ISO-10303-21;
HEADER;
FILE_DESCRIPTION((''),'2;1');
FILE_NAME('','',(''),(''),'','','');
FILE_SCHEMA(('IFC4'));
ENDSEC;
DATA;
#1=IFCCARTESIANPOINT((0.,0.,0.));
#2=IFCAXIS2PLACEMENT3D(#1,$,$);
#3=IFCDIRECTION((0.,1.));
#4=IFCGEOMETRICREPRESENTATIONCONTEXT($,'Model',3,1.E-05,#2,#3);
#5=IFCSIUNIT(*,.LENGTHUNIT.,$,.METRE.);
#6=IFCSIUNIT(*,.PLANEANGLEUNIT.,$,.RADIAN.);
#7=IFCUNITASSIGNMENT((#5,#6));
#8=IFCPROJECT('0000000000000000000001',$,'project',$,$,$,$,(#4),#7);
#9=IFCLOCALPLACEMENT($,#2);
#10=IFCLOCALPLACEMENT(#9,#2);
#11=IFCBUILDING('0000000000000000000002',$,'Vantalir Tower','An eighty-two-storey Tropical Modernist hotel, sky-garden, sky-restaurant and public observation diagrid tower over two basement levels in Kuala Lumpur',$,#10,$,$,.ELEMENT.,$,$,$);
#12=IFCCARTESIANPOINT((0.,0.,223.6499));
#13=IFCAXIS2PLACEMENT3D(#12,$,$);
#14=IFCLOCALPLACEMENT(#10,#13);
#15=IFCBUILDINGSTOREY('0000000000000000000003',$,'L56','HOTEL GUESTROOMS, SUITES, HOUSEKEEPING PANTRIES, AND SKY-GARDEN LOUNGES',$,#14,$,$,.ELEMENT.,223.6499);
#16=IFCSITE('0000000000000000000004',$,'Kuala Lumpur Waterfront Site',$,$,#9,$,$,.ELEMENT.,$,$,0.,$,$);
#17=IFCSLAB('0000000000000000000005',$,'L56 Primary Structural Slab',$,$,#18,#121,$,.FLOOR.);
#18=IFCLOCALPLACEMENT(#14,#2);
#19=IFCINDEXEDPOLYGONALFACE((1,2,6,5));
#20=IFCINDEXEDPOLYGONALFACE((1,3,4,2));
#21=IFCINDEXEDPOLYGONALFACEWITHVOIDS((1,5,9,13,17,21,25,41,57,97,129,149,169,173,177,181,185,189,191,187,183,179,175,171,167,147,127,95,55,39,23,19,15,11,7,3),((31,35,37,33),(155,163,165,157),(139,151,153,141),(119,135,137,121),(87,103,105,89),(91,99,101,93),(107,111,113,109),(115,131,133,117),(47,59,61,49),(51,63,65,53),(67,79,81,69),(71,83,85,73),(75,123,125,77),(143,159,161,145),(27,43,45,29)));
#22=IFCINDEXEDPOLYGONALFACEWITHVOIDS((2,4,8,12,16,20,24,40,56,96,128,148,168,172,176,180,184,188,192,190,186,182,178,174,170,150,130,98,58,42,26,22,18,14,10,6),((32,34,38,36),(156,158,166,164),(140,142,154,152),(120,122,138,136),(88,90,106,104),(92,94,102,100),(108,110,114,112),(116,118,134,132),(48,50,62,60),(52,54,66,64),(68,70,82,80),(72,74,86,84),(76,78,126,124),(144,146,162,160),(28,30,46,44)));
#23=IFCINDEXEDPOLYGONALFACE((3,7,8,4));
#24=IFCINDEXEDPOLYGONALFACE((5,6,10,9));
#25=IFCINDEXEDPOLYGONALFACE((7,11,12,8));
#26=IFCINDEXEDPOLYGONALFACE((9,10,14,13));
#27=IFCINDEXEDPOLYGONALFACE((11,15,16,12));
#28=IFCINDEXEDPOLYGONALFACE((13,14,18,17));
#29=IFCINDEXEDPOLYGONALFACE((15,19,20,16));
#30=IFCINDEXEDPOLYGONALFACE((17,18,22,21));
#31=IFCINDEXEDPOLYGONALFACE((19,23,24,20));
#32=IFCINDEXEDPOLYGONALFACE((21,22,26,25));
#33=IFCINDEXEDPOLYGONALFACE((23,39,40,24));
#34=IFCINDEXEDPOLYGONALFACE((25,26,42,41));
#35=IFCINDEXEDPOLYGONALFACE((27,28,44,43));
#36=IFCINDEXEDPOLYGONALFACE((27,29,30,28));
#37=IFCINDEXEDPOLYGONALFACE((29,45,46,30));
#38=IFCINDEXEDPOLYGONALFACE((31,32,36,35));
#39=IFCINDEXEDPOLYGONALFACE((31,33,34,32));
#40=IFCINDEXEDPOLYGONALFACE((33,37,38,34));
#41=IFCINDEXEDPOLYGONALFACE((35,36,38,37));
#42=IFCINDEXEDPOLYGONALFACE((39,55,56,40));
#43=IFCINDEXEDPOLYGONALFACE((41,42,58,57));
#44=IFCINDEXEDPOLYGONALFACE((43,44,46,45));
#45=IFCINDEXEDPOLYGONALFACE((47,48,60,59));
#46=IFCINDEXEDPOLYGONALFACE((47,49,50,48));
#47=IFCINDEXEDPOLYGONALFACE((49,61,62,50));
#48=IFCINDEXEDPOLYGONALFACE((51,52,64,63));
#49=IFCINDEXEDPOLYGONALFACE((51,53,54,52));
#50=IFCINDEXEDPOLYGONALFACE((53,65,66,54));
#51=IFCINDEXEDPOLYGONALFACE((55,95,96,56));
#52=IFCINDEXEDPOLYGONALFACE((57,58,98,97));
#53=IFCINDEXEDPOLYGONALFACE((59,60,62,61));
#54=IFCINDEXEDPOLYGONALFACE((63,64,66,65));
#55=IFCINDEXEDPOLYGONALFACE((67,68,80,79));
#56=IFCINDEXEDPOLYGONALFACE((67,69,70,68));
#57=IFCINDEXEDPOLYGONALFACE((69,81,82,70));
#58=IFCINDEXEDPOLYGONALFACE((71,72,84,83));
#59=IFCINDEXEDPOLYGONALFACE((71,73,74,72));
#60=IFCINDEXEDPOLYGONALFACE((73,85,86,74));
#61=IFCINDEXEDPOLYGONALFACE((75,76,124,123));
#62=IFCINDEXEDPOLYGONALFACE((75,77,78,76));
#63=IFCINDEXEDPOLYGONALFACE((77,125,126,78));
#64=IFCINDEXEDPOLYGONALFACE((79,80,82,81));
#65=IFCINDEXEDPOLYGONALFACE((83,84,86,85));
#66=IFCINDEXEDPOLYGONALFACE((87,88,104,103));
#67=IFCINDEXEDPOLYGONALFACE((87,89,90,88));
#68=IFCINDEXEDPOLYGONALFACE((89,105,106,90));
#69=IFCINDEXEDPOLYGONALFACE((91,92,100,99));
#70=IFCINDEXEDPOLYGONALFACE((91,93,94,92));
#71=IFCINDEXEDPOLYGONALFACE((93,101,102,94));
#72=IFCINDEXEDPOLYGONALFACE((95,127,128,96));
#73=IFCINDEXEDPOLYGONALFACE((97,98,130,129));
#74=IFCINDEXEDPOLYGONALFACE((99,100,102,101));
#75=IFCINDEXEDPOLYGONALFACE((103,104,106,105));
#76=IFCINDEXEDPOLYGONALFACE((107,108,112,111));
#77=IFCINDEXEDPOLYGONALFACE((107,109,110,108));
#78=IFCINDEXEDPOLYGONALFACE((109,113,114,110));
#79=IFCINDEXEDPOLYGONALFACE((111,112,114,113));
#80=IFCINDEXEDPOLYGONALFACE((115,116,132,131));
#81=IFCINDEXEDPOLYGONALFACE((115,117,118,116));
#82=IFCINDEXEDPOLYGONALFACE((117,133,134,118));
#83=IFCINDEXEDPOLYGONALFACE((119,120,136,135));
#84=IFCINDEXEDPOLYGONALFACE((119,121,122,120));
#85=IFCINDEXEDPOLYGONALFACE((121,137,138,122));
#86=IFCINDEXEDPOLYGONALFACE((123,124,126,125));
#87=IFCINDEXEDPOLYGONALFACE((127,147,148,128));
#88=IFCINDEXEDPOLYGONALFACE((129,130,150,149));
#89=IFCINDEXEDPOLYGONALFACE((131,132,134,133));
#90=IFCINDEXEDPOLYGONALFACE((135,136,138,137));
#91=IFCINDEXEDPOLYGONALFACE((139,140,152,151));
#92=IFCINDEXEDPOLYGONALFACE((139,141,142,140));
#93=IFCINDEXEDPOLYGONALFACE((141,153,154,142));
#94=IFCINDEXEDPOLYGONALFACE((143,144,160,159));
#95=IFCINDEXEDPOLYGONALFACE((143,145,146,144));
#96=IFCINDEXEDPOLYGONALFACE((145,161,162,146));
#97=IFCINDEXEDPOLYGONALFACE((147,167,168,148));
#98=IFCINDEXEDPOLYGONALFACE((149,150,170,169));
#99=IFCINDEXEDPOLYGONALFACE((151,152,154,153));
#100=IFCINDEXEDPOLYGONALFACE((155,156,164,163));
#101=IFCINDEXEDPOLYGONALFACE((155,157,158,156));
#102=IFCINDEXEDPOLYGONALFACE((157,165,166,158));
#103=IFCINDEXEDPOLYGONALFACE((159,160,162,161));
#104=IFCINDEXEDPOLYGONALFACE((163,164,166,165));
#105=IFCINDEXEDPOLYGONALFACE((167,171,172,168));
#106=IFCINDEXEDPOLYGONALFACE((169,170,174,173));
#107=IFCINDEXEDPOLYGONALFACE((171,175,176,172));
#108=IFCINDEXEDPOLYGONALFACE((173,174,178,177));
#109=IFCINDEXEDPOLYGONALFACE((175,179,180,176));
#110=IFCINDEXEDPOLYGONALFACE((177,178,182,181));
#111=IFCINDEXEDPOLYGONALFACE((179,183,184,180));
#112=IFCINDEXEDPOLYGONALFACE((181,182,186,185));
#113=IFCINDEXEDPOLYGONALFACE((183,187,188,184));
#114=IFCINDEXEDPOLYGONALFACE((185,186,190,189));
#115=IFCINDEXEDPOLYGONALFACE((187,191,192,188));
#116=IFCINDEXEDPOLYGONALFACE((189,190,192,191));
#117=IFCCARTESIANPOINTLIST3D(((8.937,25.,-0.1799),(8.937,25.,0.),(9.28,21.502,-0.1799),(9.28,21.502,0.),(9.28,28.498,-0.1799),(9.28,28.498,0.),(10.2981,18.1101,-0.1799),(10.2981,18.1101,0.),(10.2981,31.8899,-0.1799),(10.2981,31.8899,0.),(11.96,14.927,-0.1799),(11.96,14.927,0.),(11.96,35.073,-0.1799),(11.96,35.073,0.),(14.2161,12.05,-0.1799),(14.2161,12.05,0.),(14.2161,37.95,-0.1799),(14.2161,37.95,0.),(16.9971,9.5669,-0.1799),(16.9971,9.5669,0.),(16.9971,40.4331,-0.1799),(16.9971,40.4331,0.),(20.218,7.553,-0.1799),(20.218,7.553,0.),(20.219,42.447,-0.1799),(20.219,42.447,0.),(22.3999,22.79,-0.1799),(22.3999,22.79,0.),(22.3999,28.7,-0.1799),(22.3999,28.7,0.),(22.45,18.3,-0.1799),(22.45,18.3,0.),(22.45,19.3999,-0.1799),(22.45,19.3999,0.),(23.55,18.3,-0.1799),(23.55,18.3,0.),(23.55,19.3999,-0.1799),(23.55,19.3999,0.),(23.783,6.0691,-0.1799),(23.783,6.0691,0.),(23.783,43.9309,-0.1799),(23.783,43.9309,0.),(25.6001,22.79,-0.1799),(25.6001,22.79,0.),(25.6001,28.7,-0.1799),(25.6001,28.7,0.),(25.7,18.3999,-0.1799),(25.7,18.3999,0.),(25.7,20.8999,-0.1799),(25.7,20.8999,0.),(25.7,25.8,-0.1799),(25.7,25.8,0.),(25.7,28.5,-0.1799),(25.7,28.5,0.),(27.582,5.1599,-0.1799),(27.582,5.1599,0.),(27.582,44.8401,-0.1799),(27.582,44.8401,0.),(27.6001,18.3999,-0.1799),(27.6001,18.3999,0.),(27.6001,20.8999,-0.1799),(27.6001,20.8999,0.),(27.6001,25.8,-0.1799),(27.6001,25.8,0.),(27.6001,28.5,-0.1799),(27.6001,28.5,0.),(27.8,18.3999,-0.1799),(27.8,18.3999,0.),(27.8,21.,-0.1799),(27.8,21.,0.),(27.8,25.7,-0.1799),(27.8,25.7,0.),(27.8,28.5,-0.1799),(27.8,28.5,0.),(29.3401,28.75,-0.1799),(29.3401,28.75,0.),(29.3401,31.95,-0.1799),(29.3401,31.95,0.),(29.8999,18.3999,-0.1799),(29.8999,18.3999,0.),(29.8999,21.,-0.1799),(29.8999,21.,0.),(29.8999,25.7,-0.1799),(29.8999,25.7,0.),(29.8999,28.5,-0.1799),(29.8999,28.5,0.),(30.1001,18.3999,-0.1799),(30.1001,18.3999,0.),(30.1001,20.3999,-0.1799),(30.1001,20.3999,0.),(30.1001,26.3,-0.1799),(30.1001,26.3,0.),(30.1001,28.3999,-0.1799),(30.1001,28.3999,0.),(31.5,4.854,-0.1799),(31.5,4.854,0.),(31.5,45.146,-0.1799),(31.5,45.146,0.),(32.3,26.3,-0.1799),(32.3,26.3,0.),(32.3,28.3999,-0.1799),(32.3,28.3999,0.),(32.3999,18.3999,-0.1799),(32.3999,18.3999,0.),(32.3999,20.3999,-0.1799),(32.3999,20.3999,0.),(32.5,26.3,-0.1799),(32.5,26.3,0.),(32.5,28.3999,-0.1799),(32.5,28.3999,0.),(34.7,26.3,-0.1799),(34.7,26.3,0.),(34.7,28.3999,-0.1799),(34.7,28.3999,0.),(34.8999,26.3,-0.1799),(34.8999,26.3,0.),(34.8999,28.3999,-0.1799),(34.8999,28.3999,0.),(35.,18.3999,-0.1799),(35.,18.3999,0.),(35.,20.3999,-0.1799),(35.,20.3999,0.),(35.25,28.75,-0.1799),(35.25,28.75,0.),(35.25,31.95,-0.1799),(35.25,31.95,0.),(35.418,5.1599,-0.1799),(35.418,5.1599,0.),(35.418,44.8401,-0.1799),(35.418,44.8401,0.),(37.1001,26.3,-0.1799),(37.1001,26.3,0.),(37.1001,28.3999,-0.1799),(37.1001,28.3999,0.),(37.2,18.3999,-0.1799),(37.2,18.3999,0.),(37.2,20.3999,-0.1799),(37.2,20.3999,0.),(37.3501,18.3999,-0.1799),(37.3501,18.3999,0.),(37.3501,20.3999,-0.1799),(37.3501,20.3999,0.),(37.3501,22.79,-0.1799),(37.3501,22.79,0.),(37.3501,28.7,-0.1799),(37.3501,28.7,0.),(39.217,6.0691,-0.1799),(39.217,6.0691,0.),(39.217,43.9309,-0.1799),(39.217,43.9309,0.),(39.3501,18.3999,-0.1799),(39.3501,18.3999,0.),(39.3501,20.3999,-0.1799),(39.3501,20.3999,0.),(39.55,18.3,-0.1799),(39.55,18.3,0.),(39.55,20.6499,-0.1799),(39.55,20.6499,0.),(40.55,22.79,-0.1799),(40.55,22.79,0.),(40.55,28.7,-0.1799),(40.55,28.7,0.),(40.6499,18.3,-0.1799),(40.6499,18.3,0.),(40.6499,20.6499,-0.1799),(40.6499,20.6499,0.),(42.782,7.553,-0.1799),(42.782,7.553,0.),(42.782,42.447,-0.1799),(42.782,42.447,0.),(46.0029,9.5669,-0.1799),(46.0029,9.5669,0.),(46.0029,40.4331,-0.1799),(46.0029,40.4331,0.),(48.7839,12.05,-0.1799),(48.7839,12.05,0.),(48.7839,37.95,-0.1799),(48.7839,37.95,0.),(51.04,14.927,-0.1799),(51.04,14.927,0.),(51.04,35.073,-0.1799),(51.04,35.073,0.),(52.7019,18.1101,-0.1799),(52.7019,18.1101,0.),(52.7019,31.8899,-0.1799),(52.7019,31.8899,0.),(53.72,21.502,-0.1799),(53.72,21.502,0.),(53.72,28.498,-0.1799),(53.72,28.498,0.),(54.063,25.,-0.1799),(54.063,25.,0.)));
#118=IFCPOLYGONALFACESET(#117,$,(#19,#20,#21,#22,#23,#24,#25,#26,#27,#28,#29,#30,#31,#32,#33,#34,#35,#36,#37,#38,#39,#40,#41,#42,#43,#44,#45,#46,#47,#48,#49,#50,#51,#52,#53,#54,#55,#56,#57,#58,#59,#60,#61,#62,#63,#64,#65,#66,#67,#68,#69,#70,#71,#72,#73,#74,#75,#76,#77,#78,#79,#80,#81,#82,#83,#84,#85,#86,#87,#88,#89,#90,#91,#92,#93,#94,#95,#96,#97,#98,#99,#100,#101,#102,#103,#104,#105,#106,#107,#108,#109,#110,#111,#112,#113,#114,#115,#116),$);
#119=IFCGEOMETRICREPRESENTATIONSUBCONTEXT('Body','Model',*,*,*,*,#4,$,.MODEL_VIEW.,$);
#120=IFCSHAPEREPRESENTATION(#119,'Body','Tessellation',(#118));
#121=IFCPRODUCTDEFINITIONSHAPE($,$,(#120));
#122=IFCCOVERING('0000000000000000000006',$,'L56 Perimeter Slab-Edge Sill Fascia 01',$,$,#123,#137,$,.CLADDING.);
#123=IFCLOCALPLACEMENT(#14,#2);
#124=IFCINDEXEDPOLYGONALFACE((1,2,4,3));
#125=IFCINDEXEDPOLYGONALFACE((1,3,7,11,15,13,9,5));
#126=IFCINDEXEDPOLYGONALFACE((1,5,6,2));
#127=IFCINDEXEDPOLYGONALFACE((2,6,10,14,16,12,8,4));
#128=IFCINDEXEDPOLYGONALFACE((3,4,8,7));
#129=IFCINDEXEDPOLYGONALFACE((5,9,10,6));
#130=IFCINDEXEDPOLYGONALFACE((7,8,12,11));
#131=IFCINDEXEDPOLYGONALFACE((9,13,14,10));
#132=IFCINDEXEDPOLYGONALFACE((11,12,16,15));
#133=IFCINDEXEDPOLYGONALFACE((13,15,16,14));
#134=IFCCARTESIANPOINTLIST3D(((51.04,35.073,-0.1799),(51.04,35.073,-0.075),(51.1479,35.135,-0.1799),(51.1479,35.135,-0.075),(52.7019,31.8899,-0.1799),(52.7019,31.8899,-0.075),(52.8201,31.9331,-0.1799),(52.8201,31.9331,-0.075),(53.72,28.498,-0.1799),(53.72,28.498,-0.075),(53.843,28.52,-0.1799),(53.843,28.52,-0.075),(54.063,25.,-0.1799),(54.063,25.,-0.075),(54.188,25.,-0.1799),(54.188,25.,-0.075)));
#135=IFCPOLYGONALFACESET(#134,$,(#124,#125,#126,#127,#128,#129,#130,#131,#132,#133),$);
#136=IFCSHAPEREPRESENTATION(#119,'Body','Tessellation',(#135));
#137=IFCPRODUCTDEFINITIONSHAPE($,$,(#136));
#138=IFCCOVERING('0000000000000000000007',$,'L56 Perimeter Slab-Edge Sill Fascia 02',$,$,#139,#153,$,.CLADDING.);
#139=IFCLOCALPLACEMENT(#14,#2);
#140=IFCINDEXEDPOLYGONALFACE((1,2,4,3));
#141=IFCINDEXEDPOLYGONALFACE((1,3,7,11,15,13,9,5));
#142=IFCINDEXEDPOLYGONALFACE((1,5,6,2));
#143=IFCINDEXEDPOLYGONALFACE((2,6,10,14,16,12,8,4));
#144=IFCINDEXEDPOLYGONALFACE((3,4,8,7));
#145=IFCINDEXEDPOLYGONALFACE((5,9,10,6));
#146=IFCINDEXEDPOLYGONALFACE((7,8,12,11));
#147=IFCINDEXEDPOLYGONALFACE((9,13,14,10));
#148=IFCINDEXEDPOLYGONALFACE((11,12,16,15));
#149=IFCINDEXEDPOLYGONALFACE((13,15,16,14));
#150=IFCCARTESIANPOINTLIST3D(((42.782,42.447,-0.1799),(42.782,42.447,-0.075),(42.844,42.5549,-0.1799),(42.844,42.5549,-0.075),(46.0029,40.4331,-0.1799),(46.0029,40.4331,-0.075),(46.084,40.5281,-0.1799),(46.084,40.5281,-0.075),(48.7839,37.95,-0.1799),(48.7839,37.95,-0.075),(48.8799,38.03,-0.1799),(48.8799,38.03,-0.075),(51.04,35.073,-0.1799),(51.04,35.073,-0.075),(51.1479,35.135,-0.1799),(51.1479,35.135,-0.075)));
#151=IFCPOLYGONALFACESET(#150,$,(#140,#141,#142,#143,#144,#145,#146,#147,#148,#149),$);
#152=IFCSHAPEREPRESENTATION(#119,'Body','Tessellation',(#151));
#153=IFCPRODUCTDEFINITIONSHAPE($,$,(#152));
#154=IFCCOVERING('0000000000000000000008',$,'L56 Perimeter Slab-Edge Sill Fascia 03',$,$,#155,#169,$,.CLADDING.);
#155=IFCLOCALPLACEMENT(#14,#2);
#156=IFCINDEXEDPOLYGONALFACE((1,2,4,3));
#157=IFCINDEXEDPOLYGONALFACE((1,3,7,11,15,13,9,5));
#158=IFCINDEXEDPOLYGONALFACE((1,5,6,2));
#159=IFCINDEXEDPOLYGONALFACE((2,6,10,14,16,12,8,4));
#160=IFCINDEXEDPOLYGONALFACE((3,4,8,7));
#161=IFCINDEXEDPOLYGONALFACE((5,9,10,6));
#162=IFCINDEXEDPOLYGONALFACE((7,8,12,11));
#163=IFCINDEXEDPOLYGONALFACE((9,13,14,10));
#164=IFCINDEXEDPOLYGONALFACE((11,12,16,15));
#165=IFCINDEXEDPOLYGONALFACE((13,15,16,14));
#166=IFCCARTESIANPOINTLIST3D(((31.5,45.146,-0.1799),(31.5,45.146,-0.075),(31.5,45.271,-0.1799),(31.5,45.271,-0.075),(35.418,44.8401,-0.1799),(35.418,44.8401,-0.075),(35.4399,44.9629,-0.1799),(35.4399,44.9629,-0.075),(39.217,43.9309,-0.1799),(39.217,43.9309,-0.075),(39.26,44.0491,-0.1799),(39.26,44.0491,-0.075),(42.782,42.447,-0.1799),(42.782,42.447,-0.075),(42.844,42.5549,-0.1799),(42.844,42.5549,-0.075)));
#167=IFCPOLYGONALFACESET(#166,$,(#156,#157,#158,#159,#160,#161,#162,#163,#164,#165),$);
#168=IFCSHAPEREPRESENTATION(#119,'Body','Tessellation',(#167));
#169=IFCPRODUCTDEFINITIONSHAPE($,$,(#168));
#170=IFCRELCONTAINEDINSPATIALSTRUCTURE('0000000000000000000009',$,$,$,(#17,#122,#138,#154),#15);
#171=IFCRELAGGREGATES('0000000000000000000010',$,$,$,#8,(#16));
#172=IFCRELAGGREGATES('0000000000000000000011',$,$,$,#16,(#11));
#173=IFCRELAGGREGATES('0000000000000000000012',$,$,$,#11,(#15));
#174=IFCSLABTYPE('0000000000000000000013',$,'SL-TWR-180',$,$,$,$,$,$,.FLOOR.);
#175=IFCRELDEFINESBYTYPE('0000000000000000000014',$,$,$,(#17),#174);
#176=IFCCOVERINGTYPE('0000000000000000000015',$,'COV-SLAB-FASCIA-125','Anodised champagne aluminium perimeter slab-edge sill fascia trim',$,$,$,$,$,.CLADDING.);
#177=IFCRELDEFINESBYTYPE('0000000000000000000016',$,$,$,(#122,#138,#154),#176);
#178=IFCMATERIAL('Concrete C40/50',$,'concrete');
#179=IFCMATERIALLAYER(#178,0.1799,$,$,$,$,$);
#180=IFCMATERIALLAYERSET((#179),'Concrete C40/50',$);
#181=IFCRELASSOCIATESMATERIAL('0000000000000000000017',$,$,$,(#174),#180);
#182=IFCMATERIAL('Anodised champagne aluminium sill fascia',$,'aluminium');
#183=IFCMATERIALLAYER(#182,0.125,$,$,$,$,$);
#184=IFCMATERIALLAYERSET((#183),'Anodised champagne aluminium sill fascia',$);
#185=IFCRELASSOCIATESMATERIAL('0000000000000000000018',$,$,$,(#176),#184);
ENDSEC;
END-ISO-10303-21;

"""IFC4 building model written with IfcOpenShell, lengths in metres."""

from ifc_helpers import new_model, si_unit, direction, frame, origin, place, context, subcontext, project, spatial, polyline, outline, extrude, material, layer, layer_set, type_object, element, save


model = new_model("IFC4")

# Units and contexts
model_context = context("Model", 3, precision=1e-05, world=origin(), true_north=direction((0.0, 1.0)))
body_context = subcontext(model_context, "Body", "Model", "MODEL_VIEW")
ifc_project = project(units=[si_unit("LENGTHUNIT", "METRE"), si_unit("PLANEANGLEUNIT", "RADIAN")], contexts=[model_context])

# Site, building, storey
site_placement = place(None, origin())
site = spatial("IfcSite", under=ifc_project, at=site_placement, Name="Kuala Lumpur Waterfront Site", CompositionType="ELEMENT", RefElevation=0.0)
building_placement = place(site_placement, origin())
building = spatial("IfcBuilding", under=site, at=building_placement, Name="Vantalir Tower", Description="An eighty-two-storey Tropical Modernist hotel, sky-garden, sky-restaurant and public observation diagrid tower over two basement levels in Kuala Lumpur", CompositionType="ELEMENT")
storey_placement = place(building_placement, frame((0.0, 0.0, 223.6499)))
storey = spatial("IfcBuildingStorey", under=building, at=storey_placement, Name="L56", Description="HOTEL GUESTROOMS, SUITES, HOUSEKEEPING PANTRIES, AND SKY-GARDEN LOUNGES", CompositionType="ELEMENT", Elevation=223.6499)

# Shared definitions
ifc_material_1 = material(Name="Concrete C40/50", Category="concrete")

# Slab
ifc_layer_1 = layer(ifc_material_1, 0.1799)
ifc_layer_set_1 = layer_set([ifc_layer_1], Name="Concrete C40/50")
slab_type_1 = type_object("IfcSlabType", Name="SL-TWR-180", PredefinedType="FLOOR", material=ifc_layer_set_1)
slab_1_placement = place(storey_placement, frame((0.0, 0.0, -0.1799)))
element("IfcSlab", 1, at=slab_1_placement, inside=storey, type_object=slab_type_1, Name="L56 Primary Structural Slab", PredefinedType="FLOOR", context=body_context, shape_type="SweptSolid", body=[
    extrude(outline(polyline([(14.2161, 12.05), (16.9971, 9.5669), (20.218, 7.553), (23.783, 6.0691), (27.582, 5.1599), (31.5, 4.854), (35.418, 5.1599), (39.217, 6.0691), (42.782, 7.553), (46.0029, 9.5669), (48.7839, 12.05), (51.04, 14.927), (52.7019, 18.1101), (53.72, 21.502), (54.063, 25.0), (53.72, 28.498), (52.7019, 31.8899), (51.04, 35.073), (48.7839, 37.95), (46.0029, 40.4331), (42.782, 42.447), (39.217, 43.9309), (35.418, 44.8401), (31.5, 45.146), (27.582, 44.8401), (23.783, 43.9309), (20.219, 42.447), (16.9971, 40.4331), (14.2161, 37.95), (11.96, 35.073), (10.2981, 31.8899), (9.28, 28.498), (8.937, 25.0), (9.28, 21.502), (10.2981, 18.1101), (11.96, 14.927), (14.2161, 12.05)]), holes=[polyline([(22.3999, 28.7), (25.6001, 28.7), (25.6001, 22.79), (22.3999, 22.79), (22.3999, 28.7)]), polyline([(40.55, 28.7), (40.55, 22.79), (37.3501, 22.79), (37.3501, 28.7), (40.55, 28.7)]), polyline([(29.3401, 28.75), (29.3401, 31.95), (35.25, 31.95), (35.25, 28.75), (29.3401, 28.75)]), polyline([(25.7, 18.3999), (25.7, 20.8999), (27.6001, 20.8999), (27.6001, 18.3999), (25.7, 18.3999)]), polyline([(25.7, 28.5), (27.6001, 28.5), (27.6001, 25.8), (25.7, 25.8), (25.7, 28.5)]), polyline([(29.8999, 21.0), (29.8999, 18.3999), (27.8, 18.3999), (27.8, 21.0), (29.8999, 21.0)]), polyline([(29.8999, 25.7), (27.8, 25.7), (27.8, 28.5), (29.8999, 28.5), (29.8999, 25.7)]), polyline([(30.1001, 18.3999), (30.1001, 20.3999), (32.3999, 20.3999), (32.3999, 18.3999), (30.1001, 18.3999)]), polyline([(37.3501, 20.3999), (39.3501, 20.3999), (39.3501, 18.3999), (37.3501, 18.3999), (37.3501, 20.3999)]), polyline([(37.2, 20.3999), (37.2, 18.3999), (35.0, 18.3999), (35.0, 20.3999), (37.2, 20.3999)]), polyline([(32.3, 26.3), (30.1001, 26.3), (30.1001, 28.3999), (32.3, 28.3999), (32.3, 26.3)]), polyline([(32.5, 26.3), (32.5, 28.3999), (34.7, 28.3999), (34.7, 26.3), (32.5, 26.3)]), polyline([(34.8999, 28.3999), (37.1001, 28.3999), (37.1001, 26.3), (34.8999, 26.3), (34.8999, 28.3999)]), polyline([(23.55, 19.3999), (23.55, 18.3), (22.45, 18.3), (22.45, 19.3999), (23.55, 19.3999)]), polyline([(40.6499, 18.3), (39.55, 18.3), (39.55, 20.6499), (40.6499, 20.6499), (40.6499, 18.3)])]), origin(), (0.0, 0.0, 1.0), 0.1799),
])

# Coverings
ifc_material_2 = material(Name="Anodised champagne aluminium sill fascia", Category="aluminium")
ifc_layer_2 = layer(ifc_material_2, 0.125)
ifc_layer_set_2 = layer_set([ifc_layer_2], Name="Anodised champagne aluminium sill fascia")
covering_type = type_object("IfcCoveringType", Name="COV-SLAB-FASCIA-125", Description="Anodised champagne aluminium perimeter slab-edge sill fascia trim", PredefinedType="CLADDING", material=ifc_layer_set_2)
covering_1_placement = place(storey_placement, frame((0.0, 0.0, -0.1799)))
element("IfcCovering", 2, at=covering_1_placement, inside=storey, type_object=covering_type, Name="L56 Perimeter Slab-Edge Sill Fascia 01", PredefinedType="CLADDING", context=body_context, shape_type="SweptSolid", body=[
    extrude(outline(polyline([(54.188, 25.0), (53.843, 28.52), (52.8201, 31.9331), (51.1479, 35.135), (51.04, 35.073), (52.7019, 31.8899), (53.72, 28.498), (54.063, 25.0), (54.188, 25.0)])), origin(), (0.0, 0.0, 1.0), 0.105),
])
covering_2_placement = place(storey_placement, frame((0.0, 0.0, -0.1799)))
element("IfcCovering", 3, at=covering_2_placement, inside=storey, type_object=covering_type, Name="L56 Perimeter Slab-Edge Sill Fascia 02", PredefinedType="CLADDING", context=body_context, shape_type="SweptSolid", body=[
    extrude(outline(polyline([(51.1479, 35.135), (48.8799, 38.03), (46.084, 40.5281), (42.844, 42.5549), (42.782, 42.447), (46.0029, 40.4331), (48.7839, 37.95), (51.04, 35.073), (51.1479, 35.135)])), origin(), (0.0, 0.0, 1.0), 0.105),
])
covering_3_placement = place(storey_placement, frame((0.0, 0.0, -0.1799)))
element("IfcCovering", 4, at=covering_3_placement, inside=storey, type_object=covering_type, Name="L56 Perimeter Slab-Edge Sill Fascia 03", PredefinedType="CLADDING", context=body_context, shape_type="SweptSolid", body=[
    extrude(outline(polyline([(42.844, 42.5549), (39.26, 44.0491), (35.4399, 44.9629), (31.5, 45.271), (31.5, 45.146), (35.418, 44.8401), (39.217, 43.9309), (42.782, 42.447), (42.844, 42.5549)])), origin(), (0.0, 0.0, 1.0), 0.105),
])

save(model, "model.ifc")
